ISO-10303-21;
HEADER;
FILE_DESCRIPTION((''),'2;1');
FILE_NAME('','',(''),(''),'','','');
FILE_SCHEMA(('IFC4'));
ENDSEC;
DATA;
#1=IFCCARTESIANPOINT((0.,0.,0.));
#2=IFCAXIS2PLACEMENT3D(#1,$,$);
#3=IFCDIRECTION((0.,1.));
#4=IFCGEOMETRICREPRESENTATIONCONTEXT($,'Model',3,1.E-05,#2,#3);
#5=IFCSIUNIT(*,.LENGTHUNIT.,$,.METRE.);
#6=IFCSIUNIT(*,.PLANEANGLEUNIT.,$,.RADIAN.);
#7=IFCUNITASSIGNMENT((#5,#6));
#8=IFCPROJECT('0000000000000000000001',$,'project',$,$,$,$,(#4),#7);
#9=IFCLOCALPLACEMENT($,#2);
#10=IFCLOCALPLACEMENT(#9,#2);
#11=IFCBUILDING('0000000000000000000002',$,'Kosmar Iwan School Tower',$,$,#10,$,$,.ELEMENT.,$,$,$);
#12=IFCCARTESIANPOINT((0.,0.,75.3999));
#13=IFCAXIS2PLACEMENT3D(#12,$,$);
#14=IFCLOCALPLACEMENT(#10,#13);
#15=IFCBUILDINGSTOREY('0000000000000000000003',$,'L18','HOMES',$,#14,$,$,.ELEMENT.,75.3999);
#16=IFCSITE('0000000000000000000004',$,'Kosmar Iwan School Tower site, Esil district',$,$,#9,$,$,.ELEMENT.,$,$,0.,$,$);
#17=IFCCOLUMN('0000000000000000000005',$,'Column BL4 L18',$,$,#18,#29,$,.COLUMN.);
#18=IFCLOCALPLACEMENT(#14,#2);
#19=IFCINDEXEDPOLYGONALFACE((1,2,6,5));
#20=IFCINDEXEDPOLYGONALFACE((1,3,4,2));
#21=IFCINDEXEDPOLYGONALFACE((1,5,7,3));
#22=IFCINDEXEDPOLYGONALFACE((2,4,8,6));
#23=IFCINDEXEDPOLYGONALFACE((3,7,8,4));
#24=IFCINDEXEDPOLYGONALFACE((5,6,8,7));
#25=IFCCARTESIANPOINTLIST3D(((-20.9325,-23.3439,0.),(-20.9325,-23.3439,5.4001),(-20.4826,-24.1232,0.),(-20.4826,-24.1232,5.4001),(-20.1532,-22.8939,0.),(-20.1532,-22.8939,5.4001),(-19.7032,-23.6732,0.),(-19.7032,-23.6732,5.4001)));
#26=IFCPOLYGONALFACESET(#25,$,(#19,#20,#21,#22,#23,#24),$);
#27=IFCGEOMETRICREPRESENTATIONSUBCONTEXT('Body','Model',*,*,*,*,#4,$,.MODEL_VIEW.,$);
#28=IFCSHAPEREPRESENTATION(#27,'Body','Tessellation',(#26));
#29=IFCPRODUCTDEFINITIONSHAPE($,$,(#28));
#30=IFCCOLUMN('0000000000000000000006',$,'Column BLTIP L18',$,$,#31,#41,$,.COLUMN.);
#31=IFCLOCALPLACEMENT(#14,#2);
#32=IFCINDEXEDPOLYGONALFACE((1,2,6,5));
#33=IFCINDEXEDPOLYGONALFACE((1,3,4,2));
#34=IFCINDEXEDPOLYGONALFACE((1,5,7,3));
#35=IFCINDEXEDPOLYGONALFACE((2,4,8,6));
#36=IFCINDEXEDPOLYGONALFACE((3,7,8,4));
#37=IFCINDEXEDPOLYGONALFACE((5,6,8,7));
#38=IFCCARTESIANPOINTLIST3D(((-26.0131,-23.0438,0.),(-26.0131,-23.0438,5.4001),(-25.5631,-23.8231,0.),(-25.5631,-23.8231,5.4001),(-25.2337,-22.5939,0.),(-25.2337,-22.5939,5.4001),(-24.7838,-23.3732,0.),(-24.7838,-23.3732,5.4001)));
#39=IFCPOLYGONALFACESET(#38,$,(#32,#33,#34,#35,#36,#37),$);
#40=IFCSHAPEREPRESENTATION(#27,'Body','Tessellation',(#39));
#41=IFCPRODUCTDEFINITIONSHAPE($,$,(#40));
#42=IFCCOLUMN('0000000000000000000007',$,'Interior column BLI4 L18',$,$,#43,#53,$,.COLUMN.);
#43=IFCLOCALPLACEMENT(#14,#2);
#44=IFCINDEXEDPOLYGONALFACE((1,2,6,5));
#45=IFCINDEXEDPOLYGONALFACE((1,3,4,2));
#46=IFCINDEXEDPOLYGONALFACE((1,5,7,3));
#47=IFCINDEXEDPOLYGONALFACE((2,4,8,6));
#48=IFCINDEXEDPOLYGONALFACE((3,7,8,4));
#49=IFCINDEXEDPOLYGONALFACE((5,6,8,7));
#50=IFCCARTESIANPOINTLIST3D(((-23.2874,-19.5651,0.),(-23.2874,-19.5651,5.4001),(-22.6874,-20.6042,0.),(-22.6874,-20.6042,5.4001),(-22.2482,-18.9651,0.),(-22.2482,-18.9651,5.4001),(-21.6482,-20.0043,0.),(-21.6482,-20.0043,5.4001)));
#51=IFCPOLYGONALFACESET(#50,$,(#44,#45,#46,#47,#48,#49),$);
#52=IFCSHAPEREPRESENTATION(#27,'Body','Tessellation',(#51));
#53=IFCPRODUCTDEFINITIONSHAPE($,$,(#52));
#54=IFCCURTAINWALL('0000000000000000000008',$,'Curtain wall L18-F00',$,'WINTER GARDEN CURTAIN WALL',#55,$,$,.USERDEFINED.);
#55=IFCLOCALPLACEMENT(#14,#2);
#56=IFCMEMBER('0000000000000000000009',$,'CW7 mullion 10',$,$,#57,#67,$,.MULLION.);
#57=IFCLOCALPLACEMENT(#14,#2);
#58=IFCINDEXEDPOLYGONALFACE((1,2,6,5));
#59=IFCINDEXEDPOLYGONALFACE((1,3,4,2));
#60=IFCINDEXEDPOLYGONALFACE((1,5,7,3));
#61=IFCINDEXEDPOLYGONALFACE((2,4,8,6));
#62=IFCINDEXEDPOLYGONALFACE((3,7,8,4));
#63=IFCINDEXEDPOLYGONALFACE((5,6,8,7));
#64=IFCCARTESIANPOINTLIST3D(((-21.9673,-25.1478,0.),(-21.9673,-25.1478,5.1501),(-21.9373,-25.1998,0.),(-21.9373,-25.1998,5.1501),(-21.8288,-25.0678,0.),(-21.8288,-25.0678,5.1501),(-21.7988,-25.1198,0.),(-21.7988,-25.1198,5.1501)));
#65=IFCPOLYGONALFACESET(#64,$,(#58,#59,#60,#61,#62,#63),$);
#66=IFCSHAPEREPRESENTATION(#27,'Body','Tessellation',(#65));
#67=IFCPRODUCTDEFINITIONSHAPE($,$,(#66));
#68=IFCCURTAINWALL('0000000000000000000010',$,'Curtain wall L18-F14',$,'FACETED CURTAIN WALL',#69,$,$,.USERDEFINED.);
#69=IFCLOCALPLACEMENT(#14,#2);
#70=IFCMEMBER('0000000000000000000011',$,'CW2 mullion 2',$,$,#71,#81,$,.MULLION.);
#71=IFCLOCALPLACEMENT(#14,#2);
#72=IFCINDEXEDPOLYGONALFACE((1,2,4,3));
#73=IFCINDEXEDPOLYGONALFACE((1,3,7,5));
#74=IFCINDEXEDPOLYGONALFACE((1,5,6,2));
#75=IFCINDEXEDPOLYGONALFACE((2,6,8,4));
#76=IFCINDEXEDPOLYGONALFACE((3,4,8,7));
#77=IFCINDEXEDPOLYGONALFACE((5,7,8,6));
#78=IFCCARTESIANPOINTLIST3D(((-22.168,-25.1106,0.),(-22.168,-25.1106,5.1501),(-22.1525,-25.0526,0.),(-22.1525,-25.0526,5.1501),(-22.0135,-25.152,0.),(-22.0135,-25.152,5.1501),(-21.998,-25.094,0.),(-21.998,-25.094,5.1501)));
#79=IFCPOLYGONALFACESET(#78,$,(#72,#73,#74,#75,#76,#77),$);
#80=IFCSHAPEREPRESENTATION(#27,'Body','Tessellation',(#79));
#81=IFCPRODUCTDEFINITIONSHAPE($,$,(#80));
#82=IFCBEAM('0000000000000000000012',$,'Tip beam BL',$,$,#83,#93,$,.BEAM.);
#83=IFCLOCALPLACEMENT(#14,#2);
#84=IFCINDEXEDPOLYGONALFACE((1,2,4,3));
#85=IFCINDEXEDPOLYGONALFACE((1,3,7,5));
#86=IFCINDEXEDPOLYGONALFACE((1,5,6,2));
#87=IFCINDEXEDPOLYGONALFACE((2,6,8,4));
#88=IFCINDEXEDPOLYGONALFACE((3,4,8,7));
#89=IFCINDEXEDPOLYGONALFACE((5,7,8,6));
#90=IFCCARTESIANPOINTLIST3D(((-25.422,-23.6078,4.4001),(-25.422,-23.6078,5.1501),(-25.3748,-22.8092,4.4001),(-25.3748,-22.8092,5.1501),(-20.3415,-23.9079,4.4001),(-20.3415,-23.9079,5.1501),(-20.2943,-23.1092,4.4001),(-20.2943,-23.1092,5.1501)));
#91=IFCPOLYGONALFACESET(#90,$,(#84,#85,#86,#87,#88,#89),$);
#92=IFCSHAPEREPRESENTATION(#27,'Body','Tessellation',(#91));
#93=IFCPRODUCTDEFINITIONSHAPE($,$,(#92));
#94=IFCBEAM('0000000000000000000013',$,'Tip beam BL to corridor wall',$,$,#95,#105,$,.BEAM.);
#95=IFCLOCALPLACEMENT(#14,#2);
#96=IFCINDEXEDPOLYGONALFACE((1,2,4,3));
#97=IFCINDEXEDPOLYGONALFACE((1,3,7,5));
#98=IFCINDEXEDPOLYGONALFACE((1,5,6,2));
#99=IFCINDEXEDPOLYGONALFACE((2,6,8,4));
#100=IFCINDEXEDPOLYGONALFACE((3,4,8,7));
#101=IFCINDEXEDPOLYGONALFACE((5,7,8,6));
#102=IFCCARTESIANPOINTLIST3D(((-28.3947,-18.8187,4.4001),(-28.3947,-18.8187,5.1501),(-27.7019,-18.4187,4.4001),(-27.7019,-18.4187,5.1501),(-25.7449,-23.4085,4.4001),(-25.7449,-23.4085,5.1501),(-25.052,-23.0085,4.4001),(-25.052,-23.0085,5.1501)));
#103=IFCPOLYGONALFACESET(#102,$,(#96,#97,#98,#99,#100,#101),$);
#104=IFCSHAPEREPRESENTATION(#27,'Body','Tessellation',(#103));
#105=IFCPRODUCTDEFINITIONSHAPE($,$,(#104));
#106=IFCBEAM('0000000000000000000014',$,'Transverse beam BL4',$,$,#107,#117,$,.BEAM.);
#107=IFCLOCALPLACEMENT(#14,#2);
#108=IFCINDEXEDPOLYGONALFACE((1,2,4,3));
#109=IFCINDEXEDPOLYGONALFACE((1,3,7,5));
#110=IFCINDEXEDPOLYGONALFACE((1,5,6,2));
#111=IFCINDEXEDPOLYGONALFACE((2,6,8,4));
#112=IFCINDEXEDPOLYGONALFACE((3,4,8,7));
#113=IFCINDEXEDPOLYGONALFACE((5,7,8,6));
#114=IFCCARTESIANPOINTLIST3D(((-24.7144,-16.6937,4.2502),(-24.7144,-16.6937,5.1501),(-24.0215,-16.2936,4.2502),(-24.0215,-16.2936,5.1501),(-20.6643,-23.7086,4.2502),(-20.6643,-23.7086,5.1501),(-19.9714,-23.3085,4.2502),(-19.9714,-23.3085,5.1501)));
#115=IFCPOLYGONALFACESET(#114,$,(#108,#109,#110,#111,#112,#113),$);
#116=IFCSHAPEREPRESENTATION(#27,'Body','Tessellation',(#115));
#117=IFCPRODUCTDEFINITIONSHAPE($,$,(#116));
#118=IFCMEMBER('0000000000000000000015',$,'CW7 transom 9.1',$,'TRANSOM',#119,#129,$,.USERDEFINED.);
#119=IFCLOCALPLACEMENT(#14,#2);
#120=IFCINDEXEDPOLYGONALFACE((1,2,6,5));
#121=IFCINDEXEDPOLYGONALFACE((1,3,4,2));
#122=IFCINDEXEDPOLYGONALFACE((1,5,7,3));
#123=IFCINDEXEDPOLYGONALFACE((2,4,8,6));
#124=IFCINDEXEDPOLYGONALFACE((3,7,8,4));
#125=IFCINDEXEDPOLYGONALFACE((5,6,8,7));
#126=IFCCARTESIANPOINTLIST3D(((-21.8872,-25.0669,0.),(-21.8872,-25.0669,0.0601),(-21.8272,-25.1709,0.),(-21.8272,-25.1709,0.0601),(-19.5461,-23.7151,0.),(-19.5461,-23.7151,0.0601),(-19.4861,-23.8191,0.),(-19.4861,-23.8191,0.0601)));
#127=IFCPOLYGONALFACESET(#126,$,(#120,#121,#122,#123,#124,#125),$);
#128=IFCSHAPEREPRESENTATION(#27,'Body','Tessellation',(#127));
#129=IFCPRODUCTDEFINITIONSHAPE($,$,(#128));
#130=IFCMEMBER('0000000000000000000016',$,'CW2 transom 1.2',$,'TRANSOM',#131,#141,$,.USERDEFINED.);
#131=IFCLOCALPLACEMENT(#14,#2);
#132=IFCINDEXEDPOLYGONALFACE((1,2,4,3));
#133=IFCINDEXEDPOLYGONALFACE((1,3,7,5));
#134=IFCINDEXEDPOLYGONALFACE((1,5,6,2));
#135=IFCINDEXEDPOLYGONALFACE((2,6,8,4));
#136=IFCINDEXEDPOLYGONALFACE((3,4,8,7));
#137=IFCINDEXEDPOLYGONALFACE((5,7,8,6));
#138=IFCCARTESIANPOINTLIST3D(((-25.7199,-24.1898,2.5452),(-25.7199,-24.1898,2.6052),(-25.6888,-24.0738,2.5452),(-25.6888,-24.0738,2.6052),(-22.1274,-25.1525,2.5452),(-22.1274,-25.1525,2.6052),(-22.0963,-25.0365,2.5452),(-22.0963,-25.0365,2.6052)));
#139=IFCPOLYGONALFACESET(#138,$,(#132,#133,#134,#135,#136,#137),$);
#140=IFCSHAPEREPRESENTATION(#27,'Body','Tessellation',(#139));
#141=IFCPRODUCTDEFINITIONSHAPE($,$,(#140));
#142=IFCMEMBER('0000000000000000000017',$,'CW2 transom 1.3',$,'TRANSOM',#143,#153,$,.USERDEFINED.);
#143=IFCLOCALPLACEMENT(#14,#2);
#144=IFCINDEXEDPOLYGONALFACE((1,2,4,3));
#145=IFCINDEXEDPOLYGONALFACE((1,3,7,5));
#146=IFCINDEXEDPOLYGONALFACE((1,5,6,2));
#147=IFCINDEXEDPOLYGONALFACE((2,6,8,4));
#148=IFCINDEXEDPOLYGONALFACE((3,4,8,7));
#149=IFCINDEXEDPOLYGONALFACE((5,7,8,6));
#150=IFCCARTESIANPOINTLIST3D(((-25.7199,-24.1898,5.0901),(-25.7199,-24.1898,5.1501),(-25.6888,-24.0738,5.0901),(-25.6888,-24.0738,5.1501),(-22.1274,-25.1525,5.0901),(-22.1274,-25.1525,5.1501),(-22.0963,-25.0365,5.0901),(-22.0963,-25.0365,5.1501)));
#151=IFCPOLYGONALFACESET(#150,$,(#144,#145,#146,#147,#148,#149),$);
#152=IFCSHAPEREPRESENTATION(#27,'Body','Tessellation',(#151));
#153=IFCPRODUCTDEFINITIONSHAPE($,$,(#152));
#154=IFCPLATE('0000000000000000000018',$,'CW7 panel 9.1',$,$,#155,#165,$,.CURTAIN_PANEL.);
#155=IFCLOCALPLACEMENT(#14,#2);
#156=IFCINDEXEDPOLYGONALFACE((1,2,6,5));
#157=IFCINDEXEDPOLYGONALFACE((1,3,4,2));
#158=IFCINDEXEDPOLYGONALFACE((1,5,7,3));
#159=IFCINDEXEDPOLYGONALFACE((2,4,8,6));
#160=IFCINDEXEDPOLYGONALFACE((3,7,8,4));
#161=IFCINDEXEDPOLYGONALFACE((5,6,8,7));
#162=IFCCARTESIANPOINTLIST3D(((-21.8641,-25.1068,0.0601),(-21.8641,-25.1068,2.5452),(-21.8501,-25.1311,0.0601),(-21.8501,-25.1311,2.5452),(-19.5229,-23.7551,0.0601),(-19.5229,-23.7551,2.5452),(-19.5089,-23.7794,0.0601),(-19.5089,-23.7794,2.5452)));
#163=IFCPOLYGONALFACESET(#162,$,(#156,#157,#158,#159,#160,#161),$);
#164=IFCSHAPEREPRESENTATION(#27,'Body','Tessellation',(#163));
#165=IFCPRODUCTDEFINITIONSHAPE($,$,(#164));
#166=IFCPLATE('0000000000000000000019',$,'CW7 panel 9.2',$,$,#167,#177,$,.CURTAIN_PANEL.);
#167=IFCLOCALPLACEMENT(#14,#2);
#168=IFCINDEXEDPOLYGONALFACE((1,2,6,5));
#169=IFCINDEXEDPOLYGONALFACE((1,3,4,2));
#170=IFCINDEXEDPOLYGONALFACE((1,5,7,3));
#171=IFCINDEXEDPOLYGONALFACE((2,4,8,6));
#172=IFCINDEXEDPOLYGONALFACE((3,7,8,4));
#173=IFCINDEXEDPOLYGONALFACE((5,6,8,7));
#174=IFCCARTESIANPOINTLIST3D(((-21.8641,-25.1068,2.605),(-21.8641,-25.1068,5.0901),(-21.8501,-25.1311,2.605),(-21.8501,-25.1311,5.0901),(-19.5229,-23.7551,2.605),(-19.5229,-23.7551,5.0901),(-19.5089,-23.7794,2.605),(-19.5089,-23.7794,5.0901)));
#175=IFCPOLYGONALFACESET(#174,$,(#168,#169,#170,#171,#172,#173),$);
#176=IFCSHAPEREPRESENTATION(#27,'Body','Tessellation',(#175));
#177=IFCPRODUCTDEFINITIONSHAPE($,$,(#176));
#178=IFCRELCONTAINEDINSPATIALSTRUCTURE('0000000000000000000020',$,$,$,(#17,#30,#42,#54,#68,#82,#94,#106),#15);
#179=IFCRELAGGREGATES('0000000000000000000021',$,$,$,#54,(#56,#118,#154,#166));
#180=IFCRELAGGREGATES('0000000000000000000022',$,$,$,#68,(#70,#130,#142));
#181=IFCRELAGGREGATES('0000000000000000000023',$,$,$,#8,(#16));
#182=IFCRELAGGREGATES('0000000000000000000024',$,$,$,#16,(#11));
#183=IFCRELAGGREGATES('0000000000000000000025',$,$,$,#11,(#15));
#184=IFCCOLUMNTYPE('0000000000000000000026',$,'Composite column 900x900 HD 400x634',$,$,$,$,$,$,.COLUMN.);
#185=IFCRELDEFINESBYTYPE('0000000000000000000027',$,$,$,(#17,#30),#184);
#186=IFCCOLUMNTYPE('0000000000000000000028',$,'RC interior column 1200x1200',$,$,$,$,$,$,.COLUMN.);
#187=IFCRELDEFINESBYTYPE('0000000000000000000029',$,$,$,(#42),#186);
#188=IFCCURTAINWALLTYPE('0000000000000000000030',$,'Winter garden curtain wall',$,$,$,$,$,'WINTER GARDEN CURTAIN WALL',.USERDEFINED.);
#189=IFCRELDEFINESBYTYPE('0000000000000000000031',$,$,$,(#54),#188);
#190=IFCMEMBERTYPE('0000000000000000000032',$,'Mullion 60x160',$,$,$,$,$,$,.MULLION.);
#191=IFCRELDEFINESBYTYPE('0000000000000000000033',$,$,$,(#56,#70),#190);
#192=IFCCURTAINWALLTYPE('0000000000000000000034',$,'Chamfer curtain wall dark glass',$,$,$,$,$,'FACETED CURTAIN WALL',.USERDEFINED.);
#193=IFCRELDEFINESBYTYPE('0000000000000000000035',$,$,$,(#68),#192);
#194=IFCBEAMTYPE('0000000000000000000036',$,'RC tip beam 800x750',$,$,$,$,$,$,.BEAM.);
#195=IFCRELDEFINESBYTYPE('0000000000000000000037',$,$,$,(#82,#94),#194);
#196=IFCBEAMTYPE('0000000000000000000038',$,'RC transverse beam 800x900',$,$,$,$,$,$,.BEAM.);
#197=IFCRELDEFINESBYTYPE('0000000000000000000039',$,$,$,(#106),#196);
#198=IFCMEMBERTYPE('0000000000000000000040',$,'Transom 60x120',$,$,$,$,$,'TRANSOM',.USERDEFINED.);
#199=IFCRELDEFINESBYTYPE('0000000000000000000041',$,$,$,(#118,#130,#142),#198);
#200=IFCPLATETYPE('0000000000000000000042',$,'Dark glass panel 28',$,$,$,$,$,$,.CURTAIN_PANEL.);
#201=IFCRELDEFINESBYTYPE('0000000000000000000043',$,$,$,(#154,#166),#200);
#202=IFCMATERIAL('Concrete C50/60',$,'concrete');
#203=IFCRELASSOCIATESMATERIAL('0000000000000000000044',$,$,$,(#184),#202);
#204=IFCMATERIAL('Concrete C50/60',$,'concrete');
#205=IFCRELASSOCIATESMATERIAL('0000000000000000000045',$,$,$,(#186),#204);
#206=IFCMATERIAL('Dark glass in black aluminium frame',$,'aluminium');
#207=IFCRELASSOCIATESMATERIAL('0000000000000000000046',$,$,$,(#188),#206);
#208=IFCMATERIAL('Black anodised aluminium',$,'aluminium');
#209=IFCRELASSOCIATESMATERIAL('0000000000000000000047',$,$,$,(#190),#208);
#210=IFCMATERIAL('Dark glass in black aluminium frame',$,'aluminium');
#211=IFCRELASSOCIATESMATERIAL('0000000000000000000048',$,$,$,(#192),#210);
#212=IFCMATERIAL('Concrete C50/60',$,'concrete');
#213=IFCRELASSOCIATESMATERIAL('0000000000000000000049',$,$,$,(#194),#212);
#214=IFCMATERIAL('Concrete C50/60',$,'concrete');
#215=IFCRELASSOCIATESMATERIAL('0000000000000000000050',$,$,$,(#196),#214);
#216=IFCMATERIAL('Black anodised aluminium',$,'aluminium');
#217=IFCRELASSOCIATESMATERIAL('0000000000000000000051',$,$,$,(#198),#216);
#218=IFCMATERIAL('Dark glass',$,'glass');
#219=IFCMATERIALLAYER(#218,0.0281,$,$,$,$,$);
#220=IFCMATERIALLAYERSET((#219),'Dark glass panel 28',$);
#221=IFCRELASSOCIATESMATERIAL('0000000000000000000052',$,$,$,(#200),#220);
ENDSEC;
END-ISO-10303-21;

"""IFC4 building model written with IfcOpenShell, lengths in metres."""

from ifc_helpers import new_model, si_unit, direction, frame, origin, origin_2d, place, context, subcontext, project, spatial, rectangle, extrude, material, layer, layer_set, material_profile, profile_set, type_object, element, aggregate, save


model = new_model("IFC4")

# Units and contexts
model_context = context("Model", 3, precision=1e-05, world=origin(), true_north=direction((0.0, 1.0)))
body_context = subcontext(model_context, "Body", "Model", "MODEL_VIEW")
ifc_project = project(units=[si_unit("LENGTHUNIT", "METRE"), si_unit("PLANEANGLEUNIT", "RADIAN")], contexts=[model_context])

# Site, building, storey
site_placement = place(None, origin())
site = spatial("IfcSite", under=ifc_project, at=site_placement, Name="Kosmar Iwan School Tower site, Esil district", CompositionType="ELEMENT", RefElevation=0.0)
building_placement = place(site_placement, origin())
building = spatial("IfcBuilding", under=site, at=building_placement, Name="Kosmar Iwan School Tower", CompositionType="ELEMENT")
storey_placement = place(building_placement, frame((0.0, 0.0, 75.3999)))
storey = spatial("IfcBuildingStorey", under=building, at=storey_placement, Name="L18", Description="HOMES", CompositionType="ELEMENT", Elevation=75.3999)

# Columns
ifc_material_1 = material(Name="Concrete C50/60", Category="concrete")
ifc_material_profile_1 = material_profile(ifc_material_1, rectangle(XDim=0.8999, YDim=0.8999, at=origin_2d()), Name="RC 900x900 + HD 400x634")
ifc_profile_set_1 = profile_set([ifc_material_profile_1], Name="Concrete C50/60")
column_type_1 = type_object("IfcColumnType", Name="Composite column 900x900 HD 400x634", PredefinedType="COLUMN", material=ifc_profile_set_1)
for number, where, z_axis, x_axis, name in (
    (1, (-20.3179, -23.5085, 0.0), (0.0, 0.0, 1.0), (-0.866025, -0.5, 0.0), "Column BL4 L18"),
    (2, (-25.3984, -23.2085, 0.0), (0.0, 0.0, 1.0), (-0.866025, -0.5, 0.0), "Column BLTIP L18"),
):
    element("IfcColumn", number, at=place(storey_placement, frame(where, z_axis=z_axis, x_axis=x_axis)), inside=storey, type_object=column_type_1, Name=name, PredefinedType="COLUMN", context=body_context, shape_type="SweptSolid", body=[
        extrude(rectangle(XDim=0.8999, YDim=0.8999, at=origin_2d()), origin(), (0.0, 0.0, 1.0), 5.4001),
    ])
ifc_material_2 = material(Name="Concrete C50/60", Category="concrete")
ifc_material_profile_2 = material_profile(ifc_material_2, rectangle(XDim=1.2, YDim=1.2, at=origin_2d()), Name="RC 1200x1200")
ifc_profile_set_2 = profile_set([ifc_material_profile_2], Name="Concrete C50/60")
column_type_2 = type_object("IfcColumnType", Name="RC interior column 1200x1200", PredefinedType="COLUMN", material=ifc_profile_set_2)
column_placement = place(storey_placement, frame((-22.4678, -19.7847, 0.0), z_axis=(0.0, 0.0, 1.0), x_axis=(-0.866025, -0.5, 0.0)))
element("IfcColumn", 3, at=column_placement, inside=storey, type_object=column_type_2, Name="Interior column BLI4 L18", PredefinedType="COLUMN", context=body_context, shape_type="SweptSolid", body=[
    extrude(rectangle(XDim=1.2, YDim=1.2, at=origin_2d()), origin(), (0.0, 0.0, 1.0), 5.4001),
])

# Curtain walls, members
ifc_material_3 = material(Name="Dark glass in black aluminium frame", Category="aluminium")
curtain_wall_type_1 = type_object("IfcCurtainWallType", Name="Winter garden curtain wall", ElementType="WINTER GARDEN CURTAIN WALL", PredefinedType="USERDEFINED", material=ifc_material_3)
curtain_wall_1_placement = place(storey_placement, origin())
curtain_wall_1 = element("IfcCurtainWall", 4, at=curtain_wall_1_placement, inside=storey, type_object=curtain_wall_type_1, Name="Curtain wall L18-F00", ObjectType="WINTER GARDEN CURTAIN WALL", PredefinedType="USERDEFINED")
ifc_material_4 = material(Name="Black anodised aluminium", Category="aluminium")
ifc_material_profile_3 = material_profile(ifc_material_4, rectangle(XDim=0.0601, YDim=0.1599, at=origin_2d()), Name="MULLION 60x160")
ifc_profile_set_3 = profile_set([ifc_material_profile_3], Name="Black anodised aluminium")
member_type_1 = type_object("IfcMemberType", Name="Mullion 60x160", PredefinedType="MULLION", material=ifc_profile_set_3)
member_1_placement = place(storey_placement, frame((-21.8831, -25.1338, 0.0), z_axis=(0.0, 0.0, 1.0), x_axis=(0.5, -0.866025, 0.0)))
member_1 = element("IfcMember", 5, at=member_1_placement, type_object=member_type_1, Name="CW7 mullion 10", PredefinedType="MULLION", context=body_context, shape_type="SweptSolid", body=[
    extrude(rectangle(XDim=0.0601, YDim=0.1599, at=origin_2d()), origin(), (0.0, 0.0, 1.0), 5.1501),
])
ifc_material_5 = material(Name="Dark glass in black aluminium frame", Category="aluminium")
curtain_wall_type_2 = type_object("IfcCurtainWallType", Name="Chamfer curtain wall dark glass", ElementType="FACETED CURTAIN WALL", PredefinedType="USERDEFINED", material=ifc_material_5)
curtain_wall_2_placement = place(storey_placement, origin())
curtain_wall_2 = element("IfcCurtainWall", 6, at=curtain_wall_2_placement, inside=storey, type_object=curtain_wall_type_2, Name="Curtain wall L18-F14", ObjectType="FACETED CURTAIN WALL", PredefinedType="USERDEFINED")
member_2_placement = place(storey_placement, frame((-22.083, -25.1023, 0.0), z_axis=(0.0, 0.0, 1.0), x_axis=(0.258819, 0.965926, 0.0)))
member_2 = element("IfcMember", 7, at=member_2_placement, type_object=member_type_1, Name="CW2 mullion 2", PredefinedType="MULLION", context=body_context, shape_type="SweptSolid", body=[
    extrude(rectangle(XDim=0.0601, YDim=0.1599, at=origin_2d()), origin(), (0.0, 0.0, 1.0), 5.1501),
])

# Beams
ifc_material_6 = material(Name="Concrete C50/60", Category="concrete")
ifc_material_profile_4 = material_profile(ifc_material_6, rectangle(XDim=0.8, YDim=0.75, at=origin_2d()), Name="RC 800x750")
ifc_profile_set_4 = profile_set([ifc_material_profile_4], Name="Concrete C50/60")
beam_type_1 = type_object("IfcBeamType", Name="RC tip beam 800x750", PredefinedType="BEAM", material=ifc_profile_set_4)
beam_1_placement = place(storey_placement, frame((-20.3179, -23.5085, 4.7751), z_axis=(-0.998261, 0.058955, 0.0), x_axis=(-0.058955, -0.998261, 0.0)))
element("IfcBeam", 8, at=beam_1_placement, inside=storey, type_object=beam_type_1, Name="Tip beam BL", PredefinedType="BEAM", context=body_context, shape_type="SweptSolid", body=[
    extrude(rectangle(XDim=0.8, YDim=0.75, at=origin_2d()), origin(), (0.0, 0.0, 1.0), 5.0894),
])
beam_2_placement = place(storey_placement, frame((-25.3984, -23.2085, 4.7751), z_axis=(-0.499994, 0.866029, 0.0), x_axis=(-0.866029, -0.499994, 0.0)))
element("IfcBeam", 9, at=beam_2_placement, inside=storey, type_object=beam_type_1, Name="Tip beam BL to corridor wall", PredefinedType="BEAM", context=body_context, shape_type="SweptSolid", body=[
    extrude(rectangle(XDim=0.8, YDim=0.75, at=origin_2d()), origin(), (0.0, 0.0, 1.0), 5.2998),
])
ifc_material_7 = material(Name="Concrete C50/60", Category="concrete")
ifc_material_profile_5 = material_profile(ifc_material_7, rectangle(XDim=0.8, YDim=0.8999, at=origin_2d()), Name="RC 800x900")
ifc_profile_set_5 = profile_set([ifc_material_profile_5], Name="Concrete C50/60")
beam_type_2 = type_object("IfcBeamType", Name="RC transverse beam 800x900", PredefinedType="BEAM", material=ifc_profile_set_5)
beam_3_placement = place(storey_placement, frame((-20.3179, -23.5085, 4.7002), z_axis=(-0.5, 0.866025, 0.0), x_axis=(-0.866025, -0.5, 0.0)))
element("IfcBeam", 10, at=beam_3_placement, inside=storey, type_object=beam_type_2, Name="Transverse beam BL4", PredefinedType="BEAM", context=body_context, shape_type="SweptSolid", body=[
    extrude(rectangle(XDim=0.8, YDim=0.8999, at=origin_2d()), origin(), (0.0, 0.0, 1.0), 8.1001),
])

# Members
ifc_material_8 = material(Name="Black anodised aluminium", Category="aluminium")
ifc_material_profile_6 = material_profile(ifc_material_8, rectangle(XDim=0.1201, YDim=0.0601, at=origin_2d()), Name="TRANSOM 60x120")
ifc_profile_set_6 = profile_set([ifc_material_profile_6], Name="Black anodised aluminium")
member_type_2 = type_object("IfcMemberType", Name="Transom 60x120", ElementType="TRANSOM", PredefinedType="USERDEFINED", material=ifc_profile_set_6)
member_3_placement = place(storey_placement, frame((-19.5161, -23.7671, 0.03), z_axis=(-0.865995, -0.500053, 0.0), x_axis=(0.500053, -0.865995, 0.0)))
member_3 = element("IfcMember", 11, at=member_3_placement, type_object=member_type_2, Name="CW7 transom 9.1", ObjectType="TRANSOM", PredefinedType="USERDEFINED", context=body_context, shape_type="SweptSolid", body=[
    extrude(rectangle(XDim=0.1201, YDim=0.0601, at=origin_2d()), origin(), (0.0, 0.0, 1.0), 2.7034),
])
member_4_placement = place(storey_placement, frame((-25.7043, -24.1318, 2.5752), z_axis=(0.965924, -0.258827, 0.0), x_axis=(0.258827, 0.965924, 0.0)))
member_4 = element("IfcMember", 12, at=member_4_placement, type_object=member_type_2, Name="CW2 transom 1.2", ObjectType="TRANSOM", PredefinedType="USERDEFINED", context=body_context, shape_type="SweptSolid", body=[
    extrude(rectangle(XDim=0.1201, YDim=0.0601, at=origin_2d()), origin(), (0.0, 0.0, 1.0), 3.7192),
])
member_5_placement = place(storey_placement, frame((-25.7043, -24.1318, 5.1201), z_axis=(0.965924, -0.258827, 0.0), x_axis=(0.258827, 0.965924, 0.0)))
member_5 = element("IfcMember", 13, at=member_5_placement, type_object=member_type_2, Name="CW2 transom 1.3", ObjectType="TRANSOM", PredefinedType="USERDEFINED", context=body_context, shape_type="SweptSolid", body=[
    extrude(rectangle(XDim=0.1201, YDim=0.0601, at=origin_2d()), origin(), (0.0, 0.0, 1.0), 3.7192),
])

# Plates
ifc_material_9 = material(Name="Dark glass", Category="glass")
ifc_layer_1 = layer(ifc_material_9, 0.0281)
ifc_layer_set_1 = layer_set([ifc_layer_1], Name="Dark glass panel 28")
plate_type = type_object("IfcPlateType", Name="Dark glass panel 28", PredefinedType="CURTAIN_PANEL", material=ifc_layer_set_1)
plate_1_placement = place(storey_placement, frame((-20.6865, -24.4431, 0.0601), z_axis=(0.0, 0.0, 1.0), x_axis=(-0.866025, -0.5, 0.0)))
plate_1 = element("IfcPlate", 14, at=plate_1_placement, type_object=plate_type, Name="CW7 panel 9.1", PredefinedType="CURTAIN_PANEL", context=body_context, shape_type="SweptSolid", body=[
    extrude(rectangle(XDim=2.7034, YDim=0.0281, at=origin_2d()), origin(), (0.0, 0.0, 1.0), 2.4851),
])
plate_2_placement = place(storey_placement, frame((-20.6865, -24.4431, 2.605), z_axis=(0.0, 0.0, 1.0), x_axis=(-0.866025, -0.5, 0.0)))
plate_2 = element("IfcPlate", 15, at=plate_2_placement, type_object=plate_type, Name="CW7 panel 9.2", PredefinedType="CURTAIN_PANEL", context=body_context, shape_type="SweptSolid", body=[
    extrude(rectangle(XDim=2.7034, YDim=0.0281, at=origin_2d()), origin(), (0.0, 0.0, 1.0), 2.4851),
])
aggregate(curtain_wall_1, [member_1, member_3, plate_1, plate_2])
aggregate(curtain_wall_2, [member_2, member_4, member_5])

save(model, "model.ifc")
